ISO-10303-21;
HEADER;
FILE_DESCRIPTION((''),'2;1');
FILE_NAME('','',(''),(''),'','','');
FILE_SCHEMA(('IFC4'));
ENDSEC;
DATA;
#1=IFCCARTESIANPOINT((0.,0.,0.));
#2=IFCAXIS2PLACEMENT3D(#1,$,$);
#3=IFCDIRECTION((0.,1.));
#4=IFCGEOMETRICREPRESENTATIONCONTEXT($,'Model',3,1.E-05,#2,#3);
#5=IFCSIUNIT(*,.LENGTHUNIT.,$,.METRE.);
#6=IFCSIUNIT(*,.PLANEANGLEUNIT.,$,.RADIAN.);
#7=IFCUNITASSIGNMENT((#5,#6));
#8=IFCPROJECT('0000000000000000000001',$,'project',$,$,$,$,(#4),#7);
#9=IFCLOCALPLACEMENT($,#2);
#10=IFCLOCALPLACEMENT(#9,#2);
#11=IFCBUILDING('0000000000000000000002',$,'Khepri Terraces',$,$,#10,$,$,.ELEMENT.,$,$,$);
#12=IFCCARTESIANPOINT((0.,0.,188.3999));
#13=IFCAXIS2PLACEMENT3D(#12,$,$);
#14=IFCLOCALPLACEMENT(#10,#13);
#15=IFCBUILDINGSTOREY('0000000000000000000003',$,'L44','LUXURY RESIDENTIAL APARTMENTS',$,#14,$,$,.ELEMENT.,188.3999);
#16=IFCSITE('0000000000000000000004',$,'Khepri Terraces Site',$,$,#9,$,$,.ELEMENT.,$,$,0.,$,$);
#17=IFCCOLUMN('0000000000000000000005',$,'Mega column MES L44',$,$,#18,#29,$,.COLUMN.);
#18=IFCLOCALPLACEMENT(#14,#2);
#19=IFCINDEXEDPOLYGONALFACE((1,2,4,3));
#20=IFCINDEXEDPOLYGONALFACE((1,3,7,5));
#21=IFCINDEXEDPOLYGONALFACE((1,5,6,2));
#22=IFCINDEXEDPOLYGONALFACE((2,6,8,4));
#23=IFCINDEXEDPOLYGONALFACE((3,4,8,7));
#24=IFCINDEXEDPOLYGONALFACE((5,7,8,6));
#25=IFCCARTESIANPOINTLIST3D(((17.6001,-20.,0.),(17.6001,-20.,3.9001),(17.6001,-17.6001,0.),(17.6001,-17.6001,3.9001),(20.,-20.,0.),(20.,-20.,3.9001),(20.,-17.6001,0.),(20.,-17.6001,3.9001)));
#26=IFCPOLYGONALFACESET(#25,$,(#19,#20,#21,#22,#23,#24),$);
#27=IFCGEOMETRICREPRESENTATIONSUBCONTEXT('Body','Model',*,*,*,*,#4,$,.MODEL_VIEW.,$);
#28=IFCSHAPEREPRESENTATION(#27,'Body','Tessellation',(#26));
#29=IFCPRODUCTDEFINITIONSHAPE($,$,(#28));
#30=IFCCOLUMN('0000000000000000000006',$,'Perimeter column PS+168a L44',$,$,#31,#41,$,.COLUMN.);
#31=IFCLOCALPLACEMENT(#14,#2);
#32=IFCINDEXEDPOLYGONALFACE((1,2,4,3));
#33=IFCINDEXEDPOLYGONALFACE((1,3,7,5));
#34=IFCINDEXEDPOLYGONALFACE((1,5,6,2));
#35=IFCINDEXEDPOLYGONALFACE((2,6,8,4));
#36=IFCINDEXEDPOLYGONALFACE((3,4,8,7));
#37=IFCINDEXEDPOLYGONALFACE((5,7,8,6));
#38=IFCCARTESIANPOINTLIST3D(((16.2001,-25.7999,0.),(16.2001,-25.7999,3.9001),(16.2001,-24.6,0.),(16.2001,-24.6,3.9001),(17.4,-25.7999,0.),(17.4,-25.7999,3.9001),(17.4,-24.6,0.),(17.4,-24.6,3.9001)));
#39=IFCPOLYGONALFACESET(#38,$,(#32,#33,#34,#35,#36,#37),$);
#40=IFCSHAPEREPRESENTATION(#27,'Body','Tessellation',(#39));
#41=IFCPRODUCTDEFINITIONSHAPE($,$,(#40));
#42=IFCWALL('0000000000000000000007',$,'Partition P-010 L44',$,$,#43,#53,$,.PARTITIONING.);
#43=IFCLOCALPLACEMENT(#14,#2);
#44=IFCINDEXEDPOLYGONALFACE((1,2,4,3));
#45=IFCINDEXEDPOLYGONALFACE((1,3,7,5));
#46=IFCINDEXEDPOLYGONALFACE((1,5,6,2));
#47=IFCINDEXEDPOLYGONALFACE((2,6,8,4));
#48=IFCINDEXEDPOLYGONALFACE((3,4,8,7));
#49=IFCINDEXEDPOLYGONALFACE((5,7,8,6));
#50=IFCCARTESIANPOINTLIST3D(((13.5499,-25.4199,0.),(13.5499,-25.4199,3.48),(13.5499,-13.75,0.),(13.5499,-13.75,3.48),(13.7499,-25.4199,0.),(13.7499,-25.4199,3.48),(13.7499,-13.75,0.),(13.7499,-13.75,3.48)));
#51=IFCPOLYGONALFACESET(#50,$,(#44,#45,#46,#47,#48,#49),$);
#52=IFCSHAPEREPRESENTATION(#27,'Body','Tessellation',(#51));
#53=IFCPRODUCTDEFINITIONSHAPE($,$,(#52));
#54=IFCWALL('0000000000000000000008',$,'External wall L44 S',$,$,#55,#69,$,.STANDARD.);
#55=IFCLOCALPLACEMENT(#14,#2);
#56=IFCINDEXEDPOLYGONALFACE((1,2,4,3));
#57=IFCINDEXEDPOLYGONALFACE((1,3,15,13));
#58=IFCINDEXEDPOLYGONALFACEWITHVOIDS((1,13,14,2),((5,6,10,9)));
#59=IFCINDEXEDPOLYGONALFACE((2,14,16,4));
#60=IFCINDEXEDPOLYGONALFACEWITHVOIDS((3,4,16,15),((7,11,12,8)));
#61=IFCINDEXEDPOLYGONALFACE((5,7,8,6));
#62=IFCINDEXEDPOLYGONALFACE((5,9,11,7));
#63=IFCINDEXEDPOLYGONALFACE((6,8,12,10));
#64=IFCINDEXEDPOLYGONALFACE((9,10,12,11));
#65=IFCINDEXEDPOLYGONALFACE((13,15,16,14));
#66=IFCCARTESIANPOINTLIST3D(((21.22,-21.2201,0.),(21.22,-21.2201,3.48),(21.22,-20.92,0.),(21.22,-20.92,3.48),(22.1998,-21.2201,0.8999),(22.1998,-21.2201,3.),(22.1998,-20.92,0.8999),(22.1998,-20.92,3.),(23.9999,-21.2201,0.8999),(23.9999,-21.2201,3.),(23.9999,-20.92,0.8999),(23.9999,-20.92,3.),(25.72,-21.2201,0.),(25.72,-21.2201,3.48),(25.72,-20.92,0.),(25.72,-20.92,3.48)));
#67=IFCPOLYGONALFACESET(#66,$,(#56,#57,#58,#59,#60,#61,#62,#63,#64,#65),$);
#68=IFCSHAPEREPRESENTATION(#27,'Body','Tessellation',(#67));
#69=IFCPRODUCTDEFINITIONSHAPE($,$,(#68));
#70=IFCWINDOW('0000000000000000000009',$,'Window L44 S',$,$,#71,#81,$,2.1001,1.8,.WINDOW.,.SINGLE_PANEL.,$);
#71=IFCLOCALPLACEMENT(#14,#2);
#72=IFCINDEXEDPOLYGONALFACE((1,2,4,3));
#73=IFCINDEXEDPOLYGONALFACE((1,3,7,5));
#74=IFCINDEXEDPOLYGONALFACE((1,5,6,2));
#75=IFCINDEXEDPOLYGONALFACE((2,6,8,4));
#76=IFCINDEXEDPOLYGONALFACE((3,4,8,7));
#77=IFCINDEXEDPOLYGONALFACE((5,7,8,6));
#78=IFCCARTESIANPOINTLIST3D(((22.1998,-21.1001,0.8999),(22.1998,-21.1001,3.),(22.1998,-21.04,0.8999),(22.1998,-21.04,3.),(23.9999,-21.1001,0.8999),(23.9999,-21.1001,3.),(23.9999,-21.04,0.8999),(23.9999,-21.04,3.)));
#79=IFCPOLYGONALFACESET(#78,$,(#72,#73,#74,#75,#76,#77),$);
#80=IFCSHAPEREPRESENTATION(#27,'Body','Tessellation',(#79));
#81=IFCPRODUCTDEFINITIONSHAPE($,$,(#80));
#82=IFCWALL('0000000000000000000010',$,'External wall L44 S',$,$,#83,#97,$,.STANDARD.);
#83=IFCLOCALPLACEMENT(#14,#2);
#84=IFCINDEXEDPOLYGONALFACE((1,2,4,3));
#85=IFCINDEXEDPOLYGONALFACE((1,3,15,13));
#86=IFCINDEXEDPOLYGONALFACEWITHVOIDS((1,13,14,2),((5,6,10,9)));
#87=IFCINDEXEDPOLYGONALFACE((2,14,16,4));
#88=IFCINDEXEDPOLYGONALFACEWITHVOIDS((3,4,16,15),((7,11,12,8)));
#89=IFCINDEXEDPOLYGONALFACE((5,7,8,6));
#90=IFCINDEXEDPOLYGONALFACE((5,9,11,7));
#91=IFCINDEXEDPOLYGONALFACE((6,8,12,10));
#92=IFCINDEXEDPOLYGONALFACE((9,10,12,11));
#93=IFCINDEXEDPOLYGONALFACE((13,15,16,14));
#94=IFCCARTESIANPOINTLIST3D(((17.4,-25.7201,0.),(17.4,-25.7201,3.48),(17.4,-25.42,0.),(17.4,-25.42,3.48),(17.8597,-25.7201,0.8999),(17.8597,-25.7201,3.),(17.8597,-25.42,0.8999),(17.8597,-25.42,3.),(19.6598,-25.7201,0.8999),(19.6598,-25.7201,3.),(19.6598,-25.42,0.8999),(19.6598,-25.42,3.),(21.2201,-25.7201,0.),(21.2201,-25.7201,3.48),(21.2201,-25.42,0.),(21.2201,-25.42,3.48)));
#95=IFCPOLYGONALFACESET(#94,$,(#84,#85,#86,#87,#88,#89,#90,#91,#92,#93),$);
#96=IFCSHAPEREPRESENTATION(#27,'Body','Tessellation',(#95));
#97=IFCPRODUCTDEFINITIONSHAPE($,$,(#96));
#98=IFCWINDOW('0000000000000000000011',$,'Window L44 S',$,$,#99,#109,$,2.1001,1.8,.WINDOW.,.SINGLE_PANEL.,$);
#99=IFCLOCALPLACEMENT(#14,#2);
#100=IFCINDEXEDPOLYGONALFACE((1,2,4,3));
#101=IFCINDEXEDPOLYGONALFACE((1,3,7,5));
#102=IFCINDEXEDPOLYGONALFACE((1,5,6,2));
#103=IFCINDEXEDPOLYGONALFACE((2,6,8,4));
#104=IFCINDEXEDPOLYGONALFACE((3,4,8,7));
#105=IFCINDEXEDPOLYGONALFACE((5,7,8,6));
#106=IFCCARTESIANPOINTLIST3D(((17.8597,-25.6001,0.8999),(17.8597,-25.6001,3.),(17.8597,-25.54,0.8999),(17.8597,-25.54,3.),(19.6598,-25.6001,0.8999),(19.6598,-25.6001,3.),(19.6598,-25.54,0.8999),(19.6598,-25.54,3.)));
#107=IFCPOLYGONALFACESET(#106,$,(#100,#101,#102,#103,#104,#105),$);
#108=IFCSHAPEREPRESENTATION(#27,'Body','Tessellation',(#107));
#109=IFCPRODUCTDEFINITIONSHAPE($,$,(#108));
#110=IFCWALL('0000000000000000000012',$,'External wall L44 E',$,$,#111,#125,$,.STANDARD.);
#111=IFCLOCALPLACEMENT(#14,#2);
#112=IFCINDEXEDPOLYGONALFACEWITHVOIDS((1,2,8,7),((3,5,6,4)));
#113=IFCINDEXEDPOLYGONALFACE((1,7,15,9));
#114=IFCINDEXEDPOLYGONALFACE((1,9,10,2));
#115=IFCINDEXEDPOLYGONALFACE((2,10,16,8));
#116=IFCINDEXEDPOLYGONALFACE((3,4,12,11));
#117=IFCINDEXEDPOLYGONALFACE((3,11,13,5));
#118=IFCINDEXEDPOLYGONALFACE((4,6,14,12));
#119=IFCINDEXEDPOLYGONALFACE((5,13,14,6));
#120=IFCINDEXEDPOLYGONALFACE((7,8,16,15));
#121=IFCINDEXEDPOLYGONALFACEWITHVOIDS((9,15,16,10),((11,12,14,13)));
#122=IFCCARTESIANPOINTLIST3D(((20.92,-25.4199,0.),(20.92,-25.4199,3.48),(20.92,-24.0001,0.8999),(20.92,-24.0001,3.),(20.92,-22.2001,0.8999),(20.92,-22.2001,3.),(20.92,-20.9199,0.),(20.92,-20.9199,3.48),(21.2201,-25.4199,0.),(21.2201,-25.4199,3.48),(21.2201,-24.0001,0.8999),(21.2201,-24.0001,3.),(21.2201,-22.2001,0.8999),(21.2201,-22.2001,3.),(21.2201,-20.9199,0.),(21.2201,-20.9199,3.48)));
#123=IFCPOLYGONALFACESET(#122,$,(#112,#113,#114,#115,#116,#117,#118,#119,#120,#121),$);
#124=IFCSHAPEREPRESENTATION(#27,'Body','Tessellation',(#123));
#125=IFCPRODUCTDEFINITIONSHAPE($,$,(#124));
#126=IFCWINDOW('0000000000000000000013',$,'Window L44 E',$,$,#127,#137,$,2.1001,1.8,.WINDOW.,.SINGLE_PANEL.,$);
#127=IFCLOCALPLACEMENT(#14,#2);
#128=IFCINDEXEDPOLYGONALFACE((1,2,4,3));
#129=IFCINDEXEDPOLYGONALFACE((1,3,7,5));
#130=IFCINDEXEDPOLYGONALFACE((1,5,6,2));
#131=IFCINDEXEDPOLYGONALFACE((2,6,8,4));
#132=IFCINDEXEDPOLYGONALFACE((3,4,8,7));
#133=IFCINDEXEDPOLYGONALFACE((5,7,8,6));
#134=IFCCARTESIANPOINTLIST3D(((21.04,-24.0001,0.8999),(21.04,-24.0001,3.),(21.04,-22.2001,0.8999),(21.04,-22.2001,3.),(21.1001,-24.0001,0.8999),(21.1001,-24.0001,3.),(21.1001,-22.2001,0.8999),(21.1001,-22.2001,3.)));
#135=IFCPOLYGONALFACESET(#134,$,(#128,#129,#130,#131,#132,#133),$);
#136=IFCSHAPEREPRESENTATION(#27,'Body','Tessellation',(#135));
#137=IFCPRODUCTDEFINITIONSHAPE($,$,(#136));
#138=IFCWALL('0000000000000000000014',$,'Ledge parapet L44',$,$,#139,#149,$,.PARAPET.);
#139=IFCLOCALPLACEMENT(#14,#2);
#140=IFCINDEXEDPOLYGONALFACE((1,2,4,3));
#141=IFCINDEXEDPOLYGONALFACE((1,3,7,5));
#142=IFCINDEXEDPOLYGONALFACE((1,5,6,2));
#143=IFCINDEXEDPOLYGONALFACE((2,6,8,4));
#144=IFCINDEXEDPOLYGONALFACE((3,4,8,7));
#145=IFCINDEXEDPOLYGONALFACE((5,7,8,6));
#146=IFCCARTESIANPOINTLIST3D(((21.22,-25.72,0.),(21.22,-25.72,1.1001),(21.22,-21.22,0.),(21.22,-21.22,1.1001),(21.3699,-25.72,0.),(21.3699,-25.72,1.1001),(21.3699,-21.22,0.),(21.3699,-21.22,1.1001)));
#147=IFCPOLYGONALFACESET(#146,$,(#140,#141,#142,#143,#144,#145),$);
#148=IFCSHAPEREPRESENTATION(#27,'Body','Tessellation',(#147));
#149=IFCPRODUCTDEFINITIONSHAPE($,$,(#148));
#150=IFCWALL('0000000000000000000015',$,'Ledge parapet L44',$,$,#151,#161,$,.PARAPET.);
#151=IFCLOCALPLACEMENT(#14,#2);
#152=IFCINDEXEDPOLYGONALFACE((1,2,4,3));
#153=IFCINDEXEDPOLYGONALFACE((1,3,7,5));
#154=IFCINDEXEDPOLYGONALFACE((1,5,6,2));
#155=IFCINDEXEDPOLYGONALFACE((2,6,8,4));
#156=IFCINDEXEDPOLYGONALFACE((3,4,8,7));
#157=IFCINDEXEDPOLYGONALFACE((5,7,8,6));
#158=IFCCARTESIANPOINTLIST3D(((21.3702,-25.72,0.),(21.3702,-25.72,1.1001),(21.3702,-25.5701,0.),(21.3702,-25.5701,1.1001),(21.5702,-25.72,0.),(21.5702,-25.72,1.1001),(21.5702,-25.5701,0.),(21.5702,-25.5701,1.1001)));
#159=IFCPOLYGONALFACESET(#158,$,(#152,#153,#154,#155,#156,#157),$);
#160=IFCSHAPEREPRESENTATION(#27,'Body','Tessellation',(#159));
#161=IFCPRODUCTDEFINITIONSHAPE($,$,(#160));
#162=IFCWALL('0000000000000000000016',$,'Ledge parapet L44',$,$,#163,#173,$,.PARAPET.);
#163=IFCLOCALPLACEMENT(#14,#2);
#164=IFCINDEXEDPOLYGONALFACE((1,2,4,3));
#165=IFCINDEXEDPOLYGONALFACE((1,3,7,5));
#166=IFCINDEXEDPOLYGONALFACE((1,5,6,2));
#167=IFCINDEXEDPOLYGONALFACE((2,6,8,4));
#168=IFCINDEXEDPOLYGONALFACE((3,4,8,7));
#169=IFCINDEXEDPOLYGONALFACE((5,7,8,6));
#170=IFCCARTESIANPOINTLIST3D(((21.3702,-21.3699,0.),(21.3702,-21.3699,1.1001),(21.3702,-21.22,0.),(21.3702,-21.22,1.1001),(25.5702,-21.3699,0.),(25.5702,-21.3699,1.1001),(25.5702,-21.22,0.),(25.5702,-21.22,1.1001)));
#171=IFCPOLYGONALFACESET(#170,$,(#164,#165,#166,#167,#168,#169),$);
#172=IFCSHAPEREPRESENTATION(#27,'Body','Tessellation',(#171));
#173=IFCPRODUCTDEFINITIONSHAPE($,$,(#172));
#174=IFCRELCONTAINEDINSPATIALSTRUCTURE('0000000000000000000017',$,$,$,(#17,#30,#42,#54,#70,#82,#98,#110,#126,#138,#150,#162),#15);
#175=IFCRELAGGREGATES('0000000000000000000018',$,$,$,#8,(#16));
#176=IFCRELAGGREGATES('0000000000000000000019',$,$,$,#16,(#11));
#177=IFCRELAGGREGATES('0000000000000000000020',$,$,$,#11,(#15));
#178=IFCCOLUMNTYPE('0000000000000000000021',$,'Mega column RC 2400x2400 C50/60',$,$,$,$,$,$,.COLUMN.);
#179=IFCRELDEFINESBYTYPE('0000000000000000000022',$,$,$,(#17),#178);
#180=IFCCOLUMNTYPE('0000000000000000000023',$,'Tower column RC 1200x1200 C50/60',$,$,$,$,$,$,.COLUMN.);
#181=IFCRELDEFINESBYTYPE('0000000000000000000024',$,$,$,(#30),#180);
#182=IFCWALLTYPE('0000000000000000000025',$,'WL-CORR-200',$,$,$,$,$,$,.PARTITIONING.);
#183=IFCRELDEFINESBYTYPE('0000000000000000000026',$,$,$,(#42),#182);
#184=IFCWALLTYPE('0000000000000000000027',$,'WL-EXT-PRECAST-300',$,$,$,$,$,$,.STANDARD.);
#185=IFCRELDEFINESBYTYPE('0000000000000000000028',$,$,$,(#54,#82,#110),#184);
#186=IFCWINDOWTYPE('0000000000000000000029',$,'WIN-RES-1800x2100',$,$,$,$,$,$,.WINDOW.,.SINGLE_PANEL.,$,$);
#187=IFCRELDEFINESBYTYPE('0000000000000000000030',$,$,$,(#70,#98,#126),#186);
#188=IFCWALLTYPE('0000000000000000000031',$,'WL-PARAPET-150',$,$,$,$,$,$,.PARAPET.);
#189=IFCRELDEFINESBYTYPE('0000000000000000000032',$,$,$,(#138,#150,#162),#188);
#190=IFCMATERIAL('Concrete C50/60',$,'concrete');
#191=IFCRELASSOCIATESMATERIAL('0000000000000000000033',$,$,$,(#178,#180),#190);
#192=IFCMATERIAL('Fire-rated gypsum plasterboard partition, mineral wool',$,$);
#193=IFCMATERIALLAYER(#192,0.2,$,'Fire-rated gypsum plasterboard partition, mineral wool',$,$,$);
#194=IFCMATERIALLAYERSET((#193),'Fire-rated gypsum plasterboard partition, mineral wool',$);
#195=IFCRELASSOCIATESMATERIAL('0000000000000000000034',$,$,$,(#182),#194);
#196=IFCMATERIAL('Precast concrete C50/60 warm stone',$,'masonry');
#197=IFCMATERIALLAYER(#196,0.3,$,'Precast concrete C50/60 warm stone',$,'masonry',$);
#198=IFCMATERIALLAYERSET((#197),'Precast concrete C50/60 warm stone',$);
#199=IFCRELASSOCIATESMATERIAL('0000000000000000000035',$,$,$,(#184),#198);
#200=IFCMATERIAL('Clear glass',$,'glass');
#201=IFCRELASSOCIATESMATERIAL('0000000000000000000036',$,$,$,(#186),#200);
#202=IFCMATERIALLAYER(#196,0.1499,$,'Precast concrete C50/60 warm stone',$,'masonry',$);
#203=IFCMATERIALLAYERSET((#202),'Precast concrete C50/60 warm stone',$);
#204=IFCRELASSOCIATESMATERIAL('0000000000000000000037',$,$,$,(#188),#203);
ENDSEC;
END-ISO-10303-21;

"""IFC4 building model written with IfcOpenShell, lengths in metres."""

from ifc_helpers import new_model, si_unit, direction, frame, frame_2d, origin, origin_2d, place, context, subcontext, project, spatial, rectangle, extrude, material, layer, layer_set, material_profile, profile_set, type_object, element, fill, save


model = new_model("IFC4")

# Units and contexts
model_context = context("Model", 3, precision=1e-05, world=origin(), true_north=direction((0.0, 1.0)))
body_context = subcontext(model_context, "Body", "Model", "MODEL_VIEW")
ifc_project = project(units=[si_unit("LENGTHUNIT", "METRE"), si_unit("PLANEANGLEUNIT", "RADIAN")], contexts=[model_context])

# Site, building, storey
site_placement = place(None, origin())
site = spatial("IfcSite", under=ifc_project, at=site_placement, Name="Khepri Terraces Site", CompositionType="ELEMENT", RefElevation=0.0)
building_placement = place(site_placement, origin())
building = spatial("IfcBuilding", under=site, at=building_placement, Name="Khepri Terraces", CompositionType="ELEMENT")
storey_placement = place(building_placement, frame((0.0, 0.0, 188.3999)))
storey = spatial("IfcBuildingStorey", under=building, at=storey_placement, Name="L44", Description="LUXURY RESIDENTIAL APARTMENTS", CompositionType="ELEMENT", Elevation=188.3999)

# Columns
ifc_material_1 = material(Name="Concrete C50/60", Category="concrete")
ifc_material_profile_1 = material_profile(ifc_material_1, rectangle(XDim=2.3999, YDim=2.3999, at=origin_2d()), Name="Concrete C50/60", Category="concrete")
ifc_profile_set_1 = profile_set([ifc_material_profile_1], Name="Concrete C50/60")
column_type_1 = type_object("IfcColumnType", Name="Mega column RC 2400x2400 C50/60", PredefinedType="COLUMN", material=ifc_profile_set_1)
column_1_placement = place(storey_placement, frame((18.8, -18.8, 0.0), z_axis=(0.0, 0.0, 1.0), x_axis=(1.0, 0.0, 0.0)))
element("IfcColumn", 1, at=column_1_placement, inside=storey, type_object=column_type_1, Name="Mega column MES L44", PredefinedType="COLUMN", context=body_context, shape_type="SweptSolid", body=[
    extrude(rectangle(XDim=2.3999, YDim=2.3999, at=origin_2d()), origin(), (0.0, 0.0, 1.0), 3.9001),
])
ifc_material_profile_2 = material_profile(ifc_material_1, rectangle(XDim=1.2, YDim=1.2, at=origin_2d()), Name="Concrete C50/60", Category="concrete")
ifc_profile_set_2 = profile_set([ifc_material_profile_2], Name="Concrete C50/60")
column_type_2 = type_object("IfcColumnType", Name="Tower column RC 1200x1200 C50/60", PredefinedType="COLUMN", material=ifc_profile_set_2)
column_2_placement = place(storey_placement, frame((16.8, -25.2, 0.0), z_axis=(0.0, 0.0, 1.0), x_axis=(1.0, 0.0, 0.0)))
element("IfcColumn", 2, at=column_2_placement, inside=storey, type_object=column_type_2, Name="Perimeter column PS+168a L44", PredefinedType="COLUMN", context=body_context, shape_type="SweptSolid", body=[
    extrude(rectangle(XDim=1.2, YDim=1.2, at=origin_2d()), origin(), (0.0, 0.0, 1.0), 3.9001),
])

# Wall
ifc_material_2 = material(Name="Fire-rated gypsum plasterboard partition, mineral wool")
ifc_layer_1 = layer(ifc_material_2, 0.2, Name="Fire-rated gypsum plasterboard partition, mineral wool")
ifc_layer_set_1 = layer_set([ifc_layer_1], Name="Fire-rated gypsum plasterboard partition, mineral wool")
wall_type_1 = type_object("IfcWallType", Name="WL-CORR-200", PredefinedType="PARTITIONING", material=ifc_layer_set_1)
wall_1_placement = place(storey_placement, frame((13.6499, -25.4199, 0.0), z_axis=(0.0, 0.0, 1.0), x_axis=(0.0, 1.0, 0.0)))
element("IfcWall", 3, at=wall_1_placement, inside=storey, type_object=wall_type_1, Name="Partition P-010 L44", PredefinedType="PARTITIONING", context=body_context, shape_type="SweptSolid", body=[
    extrude(rectangle(XDim=11.6699, YDim=0.2, at=frame_2d((5.835, 0.0))), origin(), (0.0, 0.0, 1.0), 3.48),
])

# Wall, opening, window
ifc_material_3 = material(Name="Precast concrete C50/60 warm stone", Category="masonry")
ifc_layer_2 = layer(ifc_material_3, 0.3, Name="Precast concrete C50/60 warm stone", Category="masonry")
ifc_layer_set_2 = layer_set([ifc_layer_2], Name="Precast concrete C50/60 warm stone")
wall_type_2 = type_object("IfcWallType", Name="WL-EXT-PRECAST-300", PredefinedType="STANDARD", material=ifc_layer_set_2)
wall_2_placement = place(storey_placement, frame((21.22, -21.0701, 0.0), z_axis=(0.0, 0.0, 1.0), x_axis=(1.0, 0.0, 0.0)))
wall_2 = element("IfcWall", 4, at=wall_2_placement, inside=storey, type_object=wall_type_2, Name="External wall L44 S", PredefinedType="STANDARD", context=body_context, shape_type="SweptSolid", body=[
    extrude(rectangle(XDim=4.5, YDim=0.3, at=frame_2d((2.25, 0.0))), origin(), (0.0, 0.0, 1.0), 3.48),
])
opening_1_placement = place(wall_2_placement, frame((0.98, 0.0, 0.8999)))
opening_1 = element("IfcOpeningElement", 5, at=opening_1_placement, cuts=wall_2, PredefinedType="OPENING", context=body_context, shape_type="SweptSolid", body=[
    extrude(rectangle(XDim=1.8, YDim=2.1001, at=frame_2d((0.8999, 1.05))), frame((0.0, 0.1602, 0.0), z_axis=(0.0, -1.0, 0.0), x_axis=(1.0, 0.0, 0.0)), (0.0, 0.0, 1.0), 0.3201),
])
ifc_material_4 = material(Name="Clear glass", Category="glass")
window_type = type_object("IfcWindowType", Name="WIN-RES-1800x2100", PartitioningType="SINGLE_PANEL", PredefinedType="WINDOW", material=ifc_material_4)
window_1_placement = place(opening_1_placement, origin())
window_1 = element("IfcWindow", 6, at=window_1_placement, inside=storey, type_object=window_type, Name="Window L44 S", OverallHeight=2.1001, OverallWidth=1.8, PartitioningType="SINGLE_PANEL", PredefinedType="WINDOW", context=body_context, shape_type="SweptSolid", body=[
    extrude(rectangle(XDim=1.8, YDim=2.1001, at=frame_2d((0.8999, 1.05))), frame((0.0, 0.03, 0.0), z_axis=(0.0, -1.0, 0.0), x_axis=(1.0, 0.0, 0.0)), (0.0, 0.0, 1.0), 0.0601),
])
fill(opening_1, window_1)

# Walls, openings, windows
wall_3_placement = place(storey_placement, frame((17.3999, -25.5701, 0.0), z_axis=(0.0, 0.0, 1.0), x_axis=(1.0, 0.0, 0.0)))
wall_3 = element("IfcWall", 7, at=wall_3_placement, inside=storey, type_object=wall_type_2, Name="External wall L44 S", PredefinedType="STANDARD", context=body_context, shape_type="SweptSolid", body=[
    extrude(rectangle(XDim=3.8201, YDim=0.3, at=frame_2d((1.9102, 0.0))), origin(), (0.0, 0.0, 1.0), 3.48),
])
opening_2_placement = place(wall_3_placement, frame((0.46, 0.0, 0.8999)))
opening_2 = element("IfcOpeningElement", 8, at=opening_2_placement, cuts=wall_3, PredefinedType="OPENING", context=body_context, shape_type="SweptSolid", body=[
    extrude(rectangle(XDim=1.8, YDim=2.1001, at=frame_2d((0.8999, 1.05))), frame((0.0, 0.1602, 0.0), z_axis=(0.0, -1.0, 0.0), x_axis=(1.0, 0.0, 0.0)), (0.0, 0.0, 1.0), 0.3201),
])
window_2_placement = place(opening_2_placement, origin())
window_2 = element("IfcWindow", 9, at=window_2_placement, inside=storey, type_object=window_type, Name="Window L44 S", OverallHeight=2.1001, OverallWidth=1.8, PartitioningType="SINGLE_PANEL", PredefinedType="WINDOW", context=body_context, shape_type="SweptSolid", body=[
    extrude(rectangle(XDim=1.8, YDim=2.1001, at=frame_2d((0.8999, 1.05))), frame((0.0, 0.03, 0.0), z_axis=(0.0, -1.0, 0.0), x_axis=(1.0, 0.0, 0.0)), (0.0, 0.0, 1.0), 0.0601),
])
fill(opening_2, window_2)
wall_4_placement = place(storey_placement, frame((21.0701, -25.4199, 0.0), z_axis=(0.0, 0.0, 1.0), x_axis=(0.0, 1.0, 0.0)))
wall_4 = element("IfcWall", 10, at=wall_4_placement, inside=storey, type_object=wall_type_2, Name="External wall L44 E", PredefinedType="STANDARD", context=body_context, shape_type="SweptSolid", body=[
    extrude(rectangle(XDim=4.5, YDim=0.3, at=frame_2d((2.25, 0.0))), origin(), (0.0, 0.0, 1.0), 3.48),
])
opening_3_placement = place(wall_4_placement, frame((1.4199, 0.0, 0.8999)))
opening_3 = element("IfcOpeningElement", 11, at=opening_3_placement, cuts=wall_4, PredefinedType="OPENING", context=body_context, shape_type="SweptSolid", body=[
    extrude(rectangle(XDim=1.8, YDim=2.1001, at=frame_2d((0.8999, 1.05))), frame((0.0, 0.1602, 0.0), z_axis=(0.0, -1.0, 0.0), x_axis=(1.0, 0.0, 0.0)), (0.0, 0.0, 1.0), 0.3201),
])
window_3_placement = place(opening_3_placement, origin())
window_3 = element("IfcWindow", 12, at=window_3_placement, inside=storey, type_object=window_type, Name="Window L44 E", OverallHeight=2.1001, OverallWidth=1.8, PartitioningType="SINGLE_PANEL", PredefinedType="WINDOW", context=body_context, shape_type="SweptSolid", body=[
    extrude(rectangle(XDim=1.8, YDim=2.1001, at=frame_2d((0.8999, 1.05))), frame((0.0, 0.03, 0.0), z_axis=(0.0, -1.0, 0.0), x_axis=(1.0, 0.0, 0.0)), (0.0, 0.0, 1.0), 0.0601),
])
fill(opening_3, window_3)

# Walls
ifc_layer_3 = layer(ifc_material_3, 0.1499, Name="Precast concrete C50/60 warm stone", Category="masonry")
ifc_layer_set_3 = layer_set([ifc_layer_3], Name="Precast concrete C50/60 warm stone")
wall_type_3 = type_object("IfcWallType", Name="WL-PARAPET-150", PredefinedType="PARAPET", material=ifc_layer_set_3)
wall_5_placement = place(storey_placement, frame((21.2949, -25.72, 0.0), z_axis=(0.0, 0.0, 1.0), x_axis=(0.0, 1.0, 0.0)))
element("IfcWall", 13, at=wall_5_placement, inside=storey, type_object=wall_type_3, Name="Ledge parapet L44", PredefinedType="PARAPET", context=body_context, shape_type="SweptSolid", body=[
    extrude(rectangle(XDim=4.5, YDim=0.1499, at=frame_2d((2.25, 0.0))), origin(), (0.0, 0.0, 1.0), 1.1001),
])
wall_6_placement = place(storey_placement, frame((21.3701, -25.645, 0.0), z_axis=(0.0, 0.0, 1.0), x_axis=(1.0, 0.0, 0.0)))
element("IfcWall", 14, at=wall_6_placement, inside=storey, type_object=wall_type_3, Name="Ledge parapet L44", PredefinedType="PARAPET", context=body_context, shape_type="SweptSolid", body=[
    extrude(rectangle(XDim=0.2, YDim=0.1499, at=frame_2d((0.1001, 0.0))), origin(), (0.0, 0.0, 1.0), 1.1001),
])
wall_7_placement = place(storey_placement, frame((21.3701, -21.2949, 0.0), z_axis=(0.0, 0.0, 1.0), x_axis=(1.0, 0.0, 0.0)))
element("IfcWall", 15, at=wall_7_placement, inside=storey, type_object=wall_type_3, Name="Ledge parapet L44", PredefinedType="PARAPET", context=body_context, shape_type="SweptSolid", body=[
    extrude(rectangle(XDim=4.2, YDim=0.1499, at=frame_2d((2.1001, 0.0))), origin(), (0.0, 0.0, 1.0), 1.1001),
])

save(model, "model.ifc")
